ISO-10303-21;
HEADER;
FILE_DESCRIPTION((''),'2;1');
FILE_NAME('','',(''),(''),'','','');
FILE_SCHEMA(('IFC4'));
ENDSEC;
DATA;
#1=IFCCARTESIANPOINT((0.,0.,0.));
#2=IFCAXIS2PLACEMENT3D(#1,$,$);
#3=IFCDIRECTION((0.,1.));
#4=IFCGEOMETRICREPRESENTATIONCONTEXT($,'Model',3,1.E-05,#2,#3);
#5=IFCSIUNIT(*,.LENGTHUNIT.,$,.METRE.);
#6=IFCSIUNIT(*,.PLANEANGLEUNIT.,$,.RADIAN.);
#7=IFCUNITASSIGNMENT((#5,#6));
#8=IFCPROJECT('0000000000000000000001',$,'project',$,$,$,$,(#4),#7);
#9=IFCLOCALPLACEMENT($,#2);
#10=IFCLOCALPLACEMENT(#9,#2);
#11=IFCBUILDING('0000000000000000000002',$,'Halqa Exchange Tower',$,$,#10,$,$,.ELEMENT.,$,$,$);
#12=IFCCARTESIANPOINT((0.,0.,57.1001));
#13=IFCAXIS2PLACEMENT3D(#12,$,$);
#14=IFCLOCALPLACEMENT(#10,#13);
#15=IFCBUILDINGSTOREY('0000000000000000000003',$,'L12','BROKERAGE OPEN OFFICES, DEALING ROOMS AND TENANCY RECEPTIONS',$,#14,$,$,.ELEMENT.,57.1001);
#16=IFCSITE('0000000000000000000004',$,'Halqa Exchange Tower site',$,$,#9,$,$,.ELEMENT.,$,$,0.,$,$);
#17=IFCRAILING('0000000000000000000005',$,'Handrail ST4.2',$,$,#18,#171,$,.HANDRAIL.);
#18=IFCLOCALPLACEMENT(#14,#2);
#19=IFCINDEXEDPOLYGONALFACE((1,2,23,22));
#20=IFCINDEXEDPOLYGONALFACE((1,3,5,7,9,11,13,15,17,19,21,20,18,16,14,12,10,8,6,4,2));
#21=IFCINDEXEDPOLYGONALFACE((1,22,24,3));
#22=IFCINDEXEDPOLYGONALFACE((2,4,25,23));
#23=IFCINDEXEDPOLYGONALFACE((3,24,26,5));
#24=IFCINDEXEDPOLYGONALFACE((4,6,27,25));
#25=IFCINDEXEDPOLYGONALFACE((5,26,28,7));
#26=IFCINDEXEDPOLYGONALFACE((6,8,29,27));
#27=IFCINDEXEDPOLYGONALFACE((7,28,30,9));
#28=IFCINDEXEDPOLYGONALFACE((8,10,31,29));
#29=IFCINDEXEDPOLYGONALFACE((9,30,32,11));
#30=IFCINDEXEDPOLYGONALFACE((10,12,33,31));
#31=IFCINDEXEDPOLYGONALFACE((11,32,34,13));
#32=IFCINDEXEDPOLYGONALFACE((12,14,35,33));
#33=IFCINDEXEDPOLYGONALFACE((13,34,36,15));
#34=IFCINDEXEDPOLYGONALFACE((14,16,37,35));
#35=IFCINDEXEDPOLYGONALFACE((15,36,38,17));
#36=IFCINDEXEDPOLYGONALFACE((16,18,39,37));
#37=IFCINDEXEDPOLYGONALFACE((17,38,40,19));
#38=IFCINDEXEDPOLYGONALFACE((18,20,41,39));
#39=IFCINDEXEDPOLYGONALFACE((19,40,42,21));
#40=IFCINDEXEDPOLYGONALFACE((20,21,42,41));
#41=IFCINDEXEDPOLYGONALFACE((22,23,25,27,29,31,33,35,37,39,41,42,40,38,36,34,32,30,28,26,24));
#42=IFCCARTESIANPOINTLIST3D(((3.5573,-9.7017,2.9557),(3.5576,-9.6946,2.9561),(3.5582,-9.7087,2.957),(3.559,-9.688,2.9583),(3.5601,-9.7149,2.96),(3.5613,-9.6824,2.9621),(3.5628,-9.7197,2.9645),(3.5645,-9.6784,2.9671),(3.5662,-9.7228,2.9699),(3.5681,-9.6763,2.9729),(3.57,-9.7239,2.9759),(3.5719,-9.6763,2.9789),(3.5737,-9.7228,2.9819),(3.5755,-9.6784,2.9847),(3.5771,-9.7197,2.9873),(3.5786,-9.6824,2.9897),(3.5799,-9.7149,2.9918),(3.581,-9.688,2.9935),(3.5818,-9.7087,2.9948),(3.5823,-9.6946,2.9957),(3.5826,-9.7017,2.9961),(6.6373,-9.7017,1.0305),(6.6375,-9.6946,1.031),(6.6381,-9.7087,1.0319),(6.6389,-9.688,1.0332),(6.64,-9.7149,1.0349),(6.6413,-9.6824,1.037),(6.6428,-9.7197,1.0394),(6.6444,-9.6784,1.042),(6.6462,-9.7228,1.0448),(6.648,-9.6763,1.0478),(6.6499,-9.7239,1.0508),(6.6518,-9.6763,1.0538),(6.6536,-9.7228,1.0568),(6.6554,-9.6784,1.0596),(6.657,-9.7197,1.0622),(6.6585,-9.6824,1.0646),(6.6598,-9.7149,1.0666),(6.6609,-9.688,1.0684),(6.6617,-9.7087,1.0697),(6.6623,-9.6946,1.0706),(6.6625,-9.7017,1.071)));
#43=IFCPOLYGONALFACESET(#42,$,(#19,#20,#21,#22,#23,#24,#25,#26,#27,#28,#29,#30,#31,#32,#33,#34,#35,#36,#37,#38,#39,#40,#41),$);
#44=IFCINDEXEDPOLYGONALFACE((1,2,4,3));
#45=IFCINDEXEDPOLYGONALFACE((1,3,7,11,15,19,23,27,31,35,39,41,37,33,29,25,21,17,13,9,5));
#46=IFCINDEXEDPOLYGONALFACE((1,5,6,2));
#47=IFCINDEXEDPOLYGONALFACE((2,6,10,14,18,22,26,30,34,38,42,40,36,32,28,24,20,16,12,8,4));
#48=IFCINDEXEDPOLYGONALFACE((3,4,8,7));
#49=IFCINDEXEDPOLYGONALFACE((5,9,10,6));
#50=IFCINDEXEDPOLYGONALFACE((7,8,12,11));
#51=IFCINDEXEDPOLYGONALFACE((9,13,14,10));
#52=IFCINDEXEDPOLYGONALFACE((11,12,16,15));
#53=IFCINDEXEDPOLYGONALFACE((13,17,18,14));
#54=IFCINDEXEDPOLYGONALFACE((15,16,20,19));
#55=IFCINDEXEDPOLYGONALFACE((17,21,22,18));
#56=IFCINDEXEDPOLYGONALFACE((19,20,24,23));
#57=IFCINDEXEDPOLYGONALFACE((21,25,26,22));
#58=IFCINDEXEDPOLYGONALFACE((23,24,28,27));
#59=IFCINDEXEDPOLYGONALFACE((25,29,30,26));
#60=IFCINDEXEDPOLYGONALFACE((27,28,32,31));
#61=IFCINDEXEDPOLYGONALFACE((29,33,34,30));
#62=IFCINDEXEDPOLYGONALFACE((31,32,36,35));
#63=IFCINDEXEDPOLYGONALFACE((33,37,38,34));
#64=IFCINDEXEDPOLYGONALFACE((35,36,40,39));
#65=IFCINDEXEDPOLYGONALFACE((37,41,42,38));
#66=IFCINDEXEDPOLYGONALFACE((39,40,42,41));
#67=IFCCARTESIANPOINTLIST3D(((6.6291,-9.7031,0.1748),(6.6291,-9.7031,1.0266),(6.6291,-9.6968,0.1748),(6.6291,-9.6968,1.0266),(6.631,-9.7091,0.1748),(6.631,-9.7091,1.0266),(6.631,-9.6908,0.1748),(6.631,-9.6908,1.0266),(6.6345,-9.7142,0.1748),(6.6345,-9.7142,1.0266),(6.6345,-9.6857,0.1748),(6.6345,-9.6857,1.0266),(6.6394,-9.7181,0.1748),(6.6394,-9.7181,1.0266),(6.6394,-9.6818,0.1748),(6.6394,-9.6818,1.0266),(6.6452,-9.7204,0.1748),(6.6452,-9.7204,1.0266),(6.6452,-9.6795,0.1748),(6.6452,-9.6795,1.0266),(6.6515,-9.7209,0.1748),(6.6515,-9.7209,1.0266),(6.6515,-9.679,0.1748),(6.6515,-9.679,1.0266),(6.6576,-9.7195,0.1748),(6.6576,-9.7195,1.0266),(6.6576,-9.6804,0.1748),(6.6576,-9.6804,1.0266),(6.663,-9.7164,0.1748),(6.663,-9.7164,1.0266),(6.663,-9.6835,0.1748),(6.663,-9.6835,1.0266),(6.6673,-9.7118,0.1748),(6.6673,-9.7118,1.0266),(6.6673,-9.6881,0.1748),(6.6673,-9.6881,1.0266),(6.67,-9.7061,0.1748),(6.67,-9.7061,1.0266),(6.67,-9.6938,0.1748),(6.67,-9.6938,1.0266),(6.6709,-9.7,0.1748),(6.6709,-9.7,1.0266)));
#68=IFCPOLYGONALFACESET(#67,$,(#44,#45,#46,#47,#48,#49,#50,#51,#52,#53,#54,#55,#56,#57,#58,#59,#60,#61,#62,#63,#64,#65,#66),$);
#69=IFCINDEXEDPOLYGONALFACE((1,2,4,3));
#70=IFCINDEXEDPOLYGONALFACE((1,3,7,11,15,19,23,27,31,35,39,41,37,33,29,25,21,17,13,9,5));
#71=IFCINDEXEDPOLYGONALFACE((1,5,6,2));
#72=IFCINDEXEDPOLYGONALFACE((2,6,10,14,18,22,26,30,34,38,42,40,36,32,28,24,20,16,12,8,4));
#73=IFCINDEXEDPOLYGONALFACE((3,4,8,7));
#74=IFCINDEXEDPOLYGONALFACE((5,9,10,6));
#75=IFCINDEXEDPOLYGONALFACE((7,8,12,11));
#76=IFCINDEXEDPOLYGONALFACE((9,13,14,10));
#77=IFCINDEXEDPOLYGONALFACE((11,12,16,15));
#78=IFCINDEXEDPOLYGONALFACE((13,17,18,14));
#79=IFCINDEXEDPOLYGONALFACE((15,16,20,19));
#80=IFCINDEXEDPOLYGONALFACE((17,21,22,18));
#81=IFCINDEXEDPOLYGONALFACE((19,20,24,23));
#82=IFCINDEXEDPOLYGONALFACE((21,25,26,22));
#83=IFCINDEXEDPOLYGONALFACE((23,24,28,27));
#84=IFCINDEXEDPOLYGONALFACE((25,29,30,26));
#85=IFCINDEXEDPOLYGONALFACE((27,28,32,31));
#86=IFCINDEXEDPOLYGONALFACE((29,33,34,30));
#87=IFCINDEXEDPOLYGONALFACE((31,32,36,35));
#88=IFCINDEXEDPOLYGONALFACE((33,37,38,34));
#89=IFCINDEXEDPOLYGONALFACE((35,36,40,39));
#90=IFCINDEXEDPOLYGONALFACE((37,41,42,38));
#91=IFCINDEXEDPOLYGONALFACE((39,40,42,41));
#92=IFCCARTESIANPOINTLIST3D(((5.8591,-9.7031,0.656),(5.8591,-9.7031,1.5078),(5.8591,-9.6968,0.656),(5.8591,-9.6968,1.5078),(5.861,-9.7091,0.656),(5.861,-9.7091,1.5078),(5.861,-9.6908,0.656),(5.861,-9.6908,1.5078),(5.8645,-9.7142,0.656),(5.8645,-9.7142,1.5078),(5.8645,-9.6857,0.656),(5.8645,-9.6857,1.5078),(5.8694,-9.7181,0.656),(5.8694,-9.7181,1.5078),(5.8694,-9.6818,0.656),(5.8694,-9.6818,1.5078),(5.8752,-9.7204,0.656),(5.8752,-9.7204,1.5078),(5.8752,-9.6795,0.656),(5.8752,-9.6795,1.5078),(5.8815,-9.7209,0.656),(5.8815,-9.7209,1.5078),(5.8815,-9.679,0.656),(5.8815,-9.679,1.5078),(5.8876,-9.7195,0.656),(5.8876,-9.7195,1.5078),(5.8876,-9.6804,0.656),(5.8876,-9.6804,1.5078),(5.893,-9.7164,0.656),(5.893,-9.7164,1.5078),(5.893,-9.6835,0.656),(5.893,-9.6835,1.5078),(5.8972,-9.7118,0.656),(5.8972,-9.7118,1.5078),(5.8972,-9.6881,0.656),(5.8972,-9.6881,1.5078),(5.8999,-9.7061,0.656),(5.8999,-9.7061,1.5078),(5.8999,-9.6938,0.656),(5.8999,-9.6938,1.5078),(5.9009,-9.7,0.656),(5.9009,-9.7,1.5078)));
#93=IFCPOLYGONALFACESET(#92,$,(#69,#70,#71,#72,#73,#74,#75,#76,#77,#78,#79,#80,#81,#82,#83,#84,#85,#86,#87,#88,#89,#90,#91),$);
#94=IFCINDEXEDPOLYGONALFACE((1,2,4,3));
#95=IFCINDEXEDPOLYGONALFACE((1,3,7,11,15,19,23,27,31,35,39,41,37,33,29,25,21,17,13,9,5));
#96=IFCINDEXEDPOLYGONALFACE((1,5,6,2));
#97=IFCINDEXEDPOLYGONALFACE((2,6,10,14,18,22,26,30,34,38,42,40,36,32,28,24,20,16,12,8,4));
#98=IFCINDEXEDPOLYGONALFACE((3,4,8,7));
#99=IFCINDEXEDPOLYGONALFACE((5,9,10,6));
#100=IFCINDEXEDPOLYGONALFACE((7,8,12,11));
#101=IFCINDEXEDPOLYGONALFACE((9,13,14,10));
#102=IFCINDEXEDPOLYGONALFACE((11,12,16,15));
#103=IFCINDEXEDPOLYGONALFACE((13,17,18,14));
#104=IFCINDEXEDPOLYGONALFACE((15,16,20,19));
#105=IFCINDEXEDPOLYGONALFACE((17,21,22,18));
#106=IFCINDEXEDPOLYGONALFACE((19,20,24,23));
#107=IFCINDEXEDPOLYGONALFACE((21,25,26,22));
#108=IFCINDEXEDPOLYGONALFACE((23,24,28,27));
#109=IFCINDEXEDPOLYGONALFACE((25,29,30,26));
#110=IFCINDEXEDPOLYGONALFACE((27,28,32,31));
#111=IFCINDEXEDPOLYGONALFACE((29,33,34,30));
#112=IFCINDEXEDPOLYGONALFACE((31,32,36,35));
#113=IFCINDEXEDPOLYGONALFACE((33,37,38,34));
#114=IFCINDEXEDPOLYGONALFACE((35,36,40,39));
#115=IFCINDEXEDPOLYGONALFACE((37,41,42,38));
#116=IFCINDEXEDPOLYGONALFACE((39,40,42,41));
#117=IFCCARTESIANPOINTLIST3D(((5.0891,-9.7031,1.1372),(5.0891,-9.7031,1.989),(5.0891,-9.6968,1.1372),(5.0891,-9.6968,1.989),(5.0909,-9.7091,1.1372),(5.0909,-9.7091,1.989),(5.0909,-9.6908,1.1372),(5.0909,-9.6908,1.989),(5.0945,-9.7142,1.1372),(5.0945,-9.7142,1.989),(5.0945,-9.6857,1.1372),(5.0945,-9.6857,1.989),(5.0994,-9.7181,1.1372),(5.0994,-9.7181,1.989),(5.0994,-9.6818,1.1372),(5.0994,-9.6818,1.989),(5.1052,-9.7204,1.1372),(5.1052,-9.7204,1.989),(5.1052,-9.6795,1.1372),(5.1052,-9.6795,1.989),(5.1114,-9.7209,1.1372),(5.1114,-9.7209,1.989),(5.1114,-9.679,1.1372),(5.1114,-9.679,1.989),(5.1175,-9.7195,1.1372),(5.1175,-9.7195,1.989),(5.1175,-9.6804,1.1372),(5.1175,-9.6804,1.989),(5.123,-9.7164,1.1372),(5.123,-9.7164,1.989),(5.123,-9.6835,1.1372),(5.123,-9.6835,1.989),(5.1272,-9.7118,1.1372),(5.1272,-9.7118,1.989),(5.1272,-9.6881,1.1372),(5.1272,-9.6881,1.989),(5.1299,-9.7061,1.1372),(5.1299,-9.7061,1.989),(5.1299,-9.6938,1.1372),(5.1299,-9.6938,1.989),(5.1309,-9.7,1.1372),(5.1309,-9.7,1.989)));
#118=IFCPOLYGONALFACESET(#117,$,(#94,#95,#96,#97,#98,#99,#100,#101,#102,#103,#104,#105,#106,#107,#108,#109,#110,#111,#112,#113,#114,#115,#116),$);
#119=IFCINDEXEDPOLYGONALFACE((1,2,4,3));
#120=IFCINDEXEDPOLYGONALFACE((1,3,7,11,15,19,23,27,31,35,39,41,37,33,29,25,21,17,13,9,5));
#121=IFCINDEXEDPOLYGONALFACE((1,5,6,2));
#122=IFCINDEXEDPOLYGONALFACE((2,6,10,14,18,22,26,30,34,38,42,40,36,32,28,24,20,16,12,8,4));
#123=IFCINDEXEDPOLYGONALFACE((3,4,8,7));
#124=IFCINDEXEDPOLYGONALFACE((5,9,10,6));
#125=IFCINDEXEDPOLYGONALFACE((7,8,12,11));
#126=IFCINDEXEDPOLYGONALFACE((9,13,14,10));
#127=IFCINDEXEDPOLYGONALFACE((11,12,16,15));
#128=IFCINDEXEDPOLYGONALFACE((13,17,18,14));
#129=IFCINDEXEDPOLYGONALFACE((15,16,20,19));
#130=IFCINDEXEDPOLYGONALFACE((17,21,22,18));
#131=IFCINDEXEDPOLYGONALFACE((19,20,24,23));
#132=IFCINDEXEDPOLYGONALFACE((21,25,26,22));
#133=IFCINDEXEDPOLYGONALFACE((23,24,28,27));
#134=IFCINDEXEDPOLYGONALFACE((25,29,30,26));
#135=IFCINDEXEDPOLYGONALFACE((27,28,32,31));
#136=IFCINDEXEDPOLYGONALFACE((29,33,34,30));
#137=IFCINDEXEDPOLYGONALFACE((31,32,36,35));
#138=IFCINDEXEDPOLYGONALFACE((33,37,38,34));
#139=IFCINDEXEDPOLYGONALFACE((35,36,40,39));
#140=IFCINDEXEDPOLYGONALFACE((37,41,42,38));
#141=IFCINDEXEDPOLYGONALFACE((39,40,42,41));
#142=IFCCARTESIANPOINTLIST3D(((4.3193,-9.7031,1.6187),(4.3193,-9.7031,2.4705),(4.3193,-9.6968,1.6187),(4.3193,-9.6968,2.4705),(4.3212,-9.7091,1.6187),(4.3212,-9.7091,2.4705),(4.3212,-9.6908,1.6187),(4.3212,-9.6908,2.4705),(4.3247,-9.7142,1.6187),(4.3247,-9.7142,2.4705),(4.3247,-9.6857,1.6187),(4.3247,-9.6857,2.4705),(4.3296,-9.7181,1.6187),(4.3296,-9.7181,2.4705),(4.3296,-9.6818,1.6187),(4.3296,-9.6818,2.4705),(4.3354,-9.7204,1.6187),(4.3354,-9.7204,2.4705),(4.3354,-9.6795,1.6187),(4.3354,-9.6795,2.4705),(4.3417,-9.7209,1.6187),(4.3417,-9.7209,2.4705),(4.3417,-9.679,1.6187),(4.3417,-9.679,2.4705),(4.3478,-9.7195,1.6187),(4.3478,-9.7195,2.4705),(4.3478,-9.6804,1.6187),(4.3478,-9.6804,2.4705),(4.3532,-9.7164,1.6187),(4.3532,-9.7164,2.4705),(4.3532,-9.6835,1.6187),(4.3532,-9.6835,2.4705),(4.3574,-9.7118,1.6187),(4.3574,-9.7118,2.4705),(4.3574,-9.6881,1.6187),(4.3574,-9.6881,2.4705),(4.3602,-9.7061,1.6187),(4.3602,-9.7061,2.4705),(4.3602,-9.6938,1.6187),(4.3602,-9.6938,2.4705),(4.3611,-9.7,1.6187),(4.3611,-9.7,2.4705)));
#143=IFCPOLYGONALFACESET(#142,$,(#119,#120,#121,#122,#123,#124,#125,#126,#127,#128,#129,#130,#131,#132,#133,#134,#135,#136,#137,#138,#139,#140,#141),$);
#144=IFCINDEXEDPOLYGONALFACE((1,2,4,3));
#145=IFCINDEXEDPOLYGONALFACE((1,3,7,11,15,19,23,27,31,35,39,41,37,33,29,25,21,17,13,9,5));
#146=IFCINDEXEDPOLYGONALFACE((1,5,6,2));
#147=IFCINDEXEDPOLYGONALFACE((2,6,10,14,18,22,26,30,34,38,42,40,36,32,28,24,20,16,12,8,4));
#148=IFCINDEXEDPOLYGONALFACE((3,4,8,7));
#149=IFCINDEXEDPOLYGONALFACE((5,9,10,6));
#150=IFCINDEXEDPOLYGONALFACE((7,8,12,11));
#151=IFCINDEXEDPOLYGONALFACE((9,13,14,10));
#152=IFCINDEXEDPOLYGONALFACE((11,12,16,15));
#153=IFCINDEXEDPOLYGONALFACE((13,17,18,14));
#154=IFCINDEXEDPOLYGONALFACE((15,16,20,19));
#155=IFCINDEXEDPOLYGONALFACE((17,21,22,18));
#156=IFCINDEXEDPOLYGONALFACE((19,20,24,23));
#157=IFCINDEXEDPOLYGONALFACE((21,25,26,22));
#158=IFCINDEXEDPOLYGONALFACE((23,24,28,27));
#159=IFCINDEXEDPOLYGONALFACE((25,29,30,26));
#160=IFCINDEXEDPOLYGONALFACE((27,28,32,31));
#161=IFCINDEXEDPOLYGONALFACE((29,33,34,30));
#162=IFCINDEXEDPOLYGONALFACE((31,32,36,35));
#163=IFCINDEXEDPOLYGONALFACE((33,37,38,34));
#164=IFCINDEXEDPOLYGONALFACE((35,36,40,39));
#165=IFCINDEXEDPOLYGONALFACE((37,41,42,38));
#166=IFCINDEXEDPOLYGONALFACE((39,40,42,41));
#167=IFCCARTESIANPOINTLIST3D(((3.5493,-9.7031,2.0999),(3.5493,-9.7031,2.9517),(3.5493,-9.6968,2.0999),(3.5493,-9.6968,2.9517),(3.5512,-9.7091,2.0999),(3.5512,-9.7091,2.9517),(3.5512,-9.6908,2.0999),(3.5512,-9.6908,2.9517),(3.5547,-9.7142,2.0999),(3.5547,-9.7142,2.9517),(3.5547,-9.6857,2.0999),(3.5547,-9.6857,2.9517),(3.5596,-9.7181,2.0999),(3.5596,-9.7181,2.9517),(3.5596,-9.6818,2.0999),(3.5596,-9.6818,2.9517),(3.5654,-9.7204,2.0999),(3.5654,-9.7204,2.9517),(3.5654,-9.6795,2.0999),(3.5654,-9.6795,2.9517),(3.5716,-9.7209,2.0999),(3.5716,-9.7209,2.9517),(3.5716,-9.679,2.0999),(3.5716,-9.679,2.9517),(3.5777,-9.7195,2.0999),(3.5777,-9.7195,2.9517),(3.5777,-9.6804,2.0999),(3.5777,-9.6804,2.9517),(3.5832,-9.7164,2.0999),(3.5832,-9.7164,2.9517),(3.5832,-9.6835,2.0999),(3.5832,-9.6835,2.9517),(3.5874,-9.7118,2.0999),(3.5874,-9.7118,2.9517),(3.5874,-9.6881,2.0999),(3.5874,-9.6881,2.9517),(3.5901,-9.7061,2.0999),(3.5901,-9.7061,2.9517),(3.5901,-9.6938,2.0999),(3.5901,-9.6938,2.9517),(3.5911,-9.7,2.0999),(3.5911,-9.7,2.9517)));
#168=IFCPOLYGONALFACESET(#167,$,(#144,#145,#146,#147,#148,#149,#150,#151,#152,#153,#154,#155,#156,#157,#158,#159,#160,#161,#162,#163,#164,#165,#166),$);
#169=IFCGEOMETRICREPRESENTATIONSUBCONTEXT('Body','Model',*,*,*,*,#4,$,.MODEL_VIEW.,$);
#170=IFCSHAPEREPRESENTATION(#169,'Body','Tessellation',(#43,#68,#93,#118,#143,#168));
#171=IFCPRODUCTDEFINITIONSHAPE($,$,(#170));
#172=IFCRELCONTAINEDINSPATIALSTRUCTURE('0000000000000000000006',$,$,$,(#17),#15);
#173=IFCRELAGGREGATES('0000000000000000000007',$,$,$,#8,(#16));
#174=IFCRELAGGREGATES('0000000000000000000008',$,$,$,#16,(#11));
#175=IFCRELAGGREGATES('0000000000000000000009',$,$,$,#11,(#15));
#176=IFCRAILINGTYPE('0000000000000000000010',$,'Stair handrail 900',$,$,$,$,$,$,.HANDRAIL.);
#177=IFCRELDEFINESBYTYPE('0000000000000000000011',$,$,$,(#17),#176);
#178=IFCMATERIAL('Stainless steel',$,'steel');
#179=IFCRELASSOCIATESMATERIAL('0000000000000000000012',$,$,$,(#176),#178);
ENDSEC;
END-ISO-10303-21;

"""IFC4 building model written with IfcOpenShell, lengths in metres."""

from ifc_helpers import new_model, si_unit, direction, frame, origin, origin_2d, place, context, subcontext, project, spatial, circle, extrude, material, type_object, element, save


model = new_model("IFC4")

# Units and contexts
model_context = context("Model", 3, precision=1e-05, world=origin(), true_north=direction((0.0, 1.0)))
body_context = subcontext(model_context, "Body", "Model", "MODEL_VIEW")
ifc_project = project(units=[si_unit("LENGTHUNIT", "METRE"), si_unit("PLANEANGLEUNIT", "RADIAN")], contexts=[model_context])

# Site, building, storey
site_placement = place(None, origin())
site = spatial("IfcSite", under=ifc_project, at=site_placement, Name="Halqa Exchange Tower site", CompositionType="ELEMENT", RefElevation=0.0)
building_placement = place(site_placement, origin())
building = spatial("IfcBuilding", under=site, at=building_placement, Name="Halqa Exchange Tower", CompositionType="ELEMENT")
storey_placement = place(building_placement, frame((0.0, 0.0, 57.1001)))
storey = spatial("IfcBuildingStorey", under=building, at=storey_placement, Name="L12", Description="BROKERAGE OPEN OFFICES, DEALING ROOMS AND TENANCY RECEPTIONS", CompositionType="ELEMENT", Elevation=57.1001)

# Railing
ifc_material_1 = material(Name="Stainless steel", Category="steel")
railing_type_1 = type_object("IfcRailingType", Name="Stair handrail 900", PredefinedType="HANDRAIL", material=ifc_material_1)
railing_1_placement = place(storey_placement, frame((6.6499, -9.7, 0.1748)))
element("IfcRailing", 1, at=railing_1_placement, inside=storey, type_object=railing_type_1, Name="Handrail ST4.2", PredefinedType="HANDRAIL", context=body_context, shape_type="SweptSolid", body=[
    extrude(circle(Radius=0.0239, at=origin_2d()), frame((0.0, 0.0, 0.876), z_axis=(-0.847979, 0.0, 0.530029), x_axis=(0.0, -1.0, 0.0)), (0.0, 0.0, 1.0), 3.6321),
    extrude(circle(Radius=0.021, at=origin_2d()), origin(), (0.0, 0.0, 1.0), 0.8518),
    extrude(circle(Radius=0.021, at=origin_2d()), frame((-0.77, 0.0, 0.4812)), (0.0, 0.0, 1.0), 0.8518),
    extrude(circle(Radius=0.021, at=origin_2d()), frame((-1.54, 0.0, 0.9624)), (0.0, 0.0, 1.0), 0.8518),
    extrude(circle(Radius=0.021, at=origin_2d()), frame((-2.3098, 0.0, 1.4438)), (0.0, 0.0, 1.0), 0.8518),
    extrude(circle(Radius=0.021, at=origin_2d()), frame((-3.0798, 0.0, 1.925)), (0.0, 0.0, 1.0), 0.8518),
])

save(model, "model.ifc")
